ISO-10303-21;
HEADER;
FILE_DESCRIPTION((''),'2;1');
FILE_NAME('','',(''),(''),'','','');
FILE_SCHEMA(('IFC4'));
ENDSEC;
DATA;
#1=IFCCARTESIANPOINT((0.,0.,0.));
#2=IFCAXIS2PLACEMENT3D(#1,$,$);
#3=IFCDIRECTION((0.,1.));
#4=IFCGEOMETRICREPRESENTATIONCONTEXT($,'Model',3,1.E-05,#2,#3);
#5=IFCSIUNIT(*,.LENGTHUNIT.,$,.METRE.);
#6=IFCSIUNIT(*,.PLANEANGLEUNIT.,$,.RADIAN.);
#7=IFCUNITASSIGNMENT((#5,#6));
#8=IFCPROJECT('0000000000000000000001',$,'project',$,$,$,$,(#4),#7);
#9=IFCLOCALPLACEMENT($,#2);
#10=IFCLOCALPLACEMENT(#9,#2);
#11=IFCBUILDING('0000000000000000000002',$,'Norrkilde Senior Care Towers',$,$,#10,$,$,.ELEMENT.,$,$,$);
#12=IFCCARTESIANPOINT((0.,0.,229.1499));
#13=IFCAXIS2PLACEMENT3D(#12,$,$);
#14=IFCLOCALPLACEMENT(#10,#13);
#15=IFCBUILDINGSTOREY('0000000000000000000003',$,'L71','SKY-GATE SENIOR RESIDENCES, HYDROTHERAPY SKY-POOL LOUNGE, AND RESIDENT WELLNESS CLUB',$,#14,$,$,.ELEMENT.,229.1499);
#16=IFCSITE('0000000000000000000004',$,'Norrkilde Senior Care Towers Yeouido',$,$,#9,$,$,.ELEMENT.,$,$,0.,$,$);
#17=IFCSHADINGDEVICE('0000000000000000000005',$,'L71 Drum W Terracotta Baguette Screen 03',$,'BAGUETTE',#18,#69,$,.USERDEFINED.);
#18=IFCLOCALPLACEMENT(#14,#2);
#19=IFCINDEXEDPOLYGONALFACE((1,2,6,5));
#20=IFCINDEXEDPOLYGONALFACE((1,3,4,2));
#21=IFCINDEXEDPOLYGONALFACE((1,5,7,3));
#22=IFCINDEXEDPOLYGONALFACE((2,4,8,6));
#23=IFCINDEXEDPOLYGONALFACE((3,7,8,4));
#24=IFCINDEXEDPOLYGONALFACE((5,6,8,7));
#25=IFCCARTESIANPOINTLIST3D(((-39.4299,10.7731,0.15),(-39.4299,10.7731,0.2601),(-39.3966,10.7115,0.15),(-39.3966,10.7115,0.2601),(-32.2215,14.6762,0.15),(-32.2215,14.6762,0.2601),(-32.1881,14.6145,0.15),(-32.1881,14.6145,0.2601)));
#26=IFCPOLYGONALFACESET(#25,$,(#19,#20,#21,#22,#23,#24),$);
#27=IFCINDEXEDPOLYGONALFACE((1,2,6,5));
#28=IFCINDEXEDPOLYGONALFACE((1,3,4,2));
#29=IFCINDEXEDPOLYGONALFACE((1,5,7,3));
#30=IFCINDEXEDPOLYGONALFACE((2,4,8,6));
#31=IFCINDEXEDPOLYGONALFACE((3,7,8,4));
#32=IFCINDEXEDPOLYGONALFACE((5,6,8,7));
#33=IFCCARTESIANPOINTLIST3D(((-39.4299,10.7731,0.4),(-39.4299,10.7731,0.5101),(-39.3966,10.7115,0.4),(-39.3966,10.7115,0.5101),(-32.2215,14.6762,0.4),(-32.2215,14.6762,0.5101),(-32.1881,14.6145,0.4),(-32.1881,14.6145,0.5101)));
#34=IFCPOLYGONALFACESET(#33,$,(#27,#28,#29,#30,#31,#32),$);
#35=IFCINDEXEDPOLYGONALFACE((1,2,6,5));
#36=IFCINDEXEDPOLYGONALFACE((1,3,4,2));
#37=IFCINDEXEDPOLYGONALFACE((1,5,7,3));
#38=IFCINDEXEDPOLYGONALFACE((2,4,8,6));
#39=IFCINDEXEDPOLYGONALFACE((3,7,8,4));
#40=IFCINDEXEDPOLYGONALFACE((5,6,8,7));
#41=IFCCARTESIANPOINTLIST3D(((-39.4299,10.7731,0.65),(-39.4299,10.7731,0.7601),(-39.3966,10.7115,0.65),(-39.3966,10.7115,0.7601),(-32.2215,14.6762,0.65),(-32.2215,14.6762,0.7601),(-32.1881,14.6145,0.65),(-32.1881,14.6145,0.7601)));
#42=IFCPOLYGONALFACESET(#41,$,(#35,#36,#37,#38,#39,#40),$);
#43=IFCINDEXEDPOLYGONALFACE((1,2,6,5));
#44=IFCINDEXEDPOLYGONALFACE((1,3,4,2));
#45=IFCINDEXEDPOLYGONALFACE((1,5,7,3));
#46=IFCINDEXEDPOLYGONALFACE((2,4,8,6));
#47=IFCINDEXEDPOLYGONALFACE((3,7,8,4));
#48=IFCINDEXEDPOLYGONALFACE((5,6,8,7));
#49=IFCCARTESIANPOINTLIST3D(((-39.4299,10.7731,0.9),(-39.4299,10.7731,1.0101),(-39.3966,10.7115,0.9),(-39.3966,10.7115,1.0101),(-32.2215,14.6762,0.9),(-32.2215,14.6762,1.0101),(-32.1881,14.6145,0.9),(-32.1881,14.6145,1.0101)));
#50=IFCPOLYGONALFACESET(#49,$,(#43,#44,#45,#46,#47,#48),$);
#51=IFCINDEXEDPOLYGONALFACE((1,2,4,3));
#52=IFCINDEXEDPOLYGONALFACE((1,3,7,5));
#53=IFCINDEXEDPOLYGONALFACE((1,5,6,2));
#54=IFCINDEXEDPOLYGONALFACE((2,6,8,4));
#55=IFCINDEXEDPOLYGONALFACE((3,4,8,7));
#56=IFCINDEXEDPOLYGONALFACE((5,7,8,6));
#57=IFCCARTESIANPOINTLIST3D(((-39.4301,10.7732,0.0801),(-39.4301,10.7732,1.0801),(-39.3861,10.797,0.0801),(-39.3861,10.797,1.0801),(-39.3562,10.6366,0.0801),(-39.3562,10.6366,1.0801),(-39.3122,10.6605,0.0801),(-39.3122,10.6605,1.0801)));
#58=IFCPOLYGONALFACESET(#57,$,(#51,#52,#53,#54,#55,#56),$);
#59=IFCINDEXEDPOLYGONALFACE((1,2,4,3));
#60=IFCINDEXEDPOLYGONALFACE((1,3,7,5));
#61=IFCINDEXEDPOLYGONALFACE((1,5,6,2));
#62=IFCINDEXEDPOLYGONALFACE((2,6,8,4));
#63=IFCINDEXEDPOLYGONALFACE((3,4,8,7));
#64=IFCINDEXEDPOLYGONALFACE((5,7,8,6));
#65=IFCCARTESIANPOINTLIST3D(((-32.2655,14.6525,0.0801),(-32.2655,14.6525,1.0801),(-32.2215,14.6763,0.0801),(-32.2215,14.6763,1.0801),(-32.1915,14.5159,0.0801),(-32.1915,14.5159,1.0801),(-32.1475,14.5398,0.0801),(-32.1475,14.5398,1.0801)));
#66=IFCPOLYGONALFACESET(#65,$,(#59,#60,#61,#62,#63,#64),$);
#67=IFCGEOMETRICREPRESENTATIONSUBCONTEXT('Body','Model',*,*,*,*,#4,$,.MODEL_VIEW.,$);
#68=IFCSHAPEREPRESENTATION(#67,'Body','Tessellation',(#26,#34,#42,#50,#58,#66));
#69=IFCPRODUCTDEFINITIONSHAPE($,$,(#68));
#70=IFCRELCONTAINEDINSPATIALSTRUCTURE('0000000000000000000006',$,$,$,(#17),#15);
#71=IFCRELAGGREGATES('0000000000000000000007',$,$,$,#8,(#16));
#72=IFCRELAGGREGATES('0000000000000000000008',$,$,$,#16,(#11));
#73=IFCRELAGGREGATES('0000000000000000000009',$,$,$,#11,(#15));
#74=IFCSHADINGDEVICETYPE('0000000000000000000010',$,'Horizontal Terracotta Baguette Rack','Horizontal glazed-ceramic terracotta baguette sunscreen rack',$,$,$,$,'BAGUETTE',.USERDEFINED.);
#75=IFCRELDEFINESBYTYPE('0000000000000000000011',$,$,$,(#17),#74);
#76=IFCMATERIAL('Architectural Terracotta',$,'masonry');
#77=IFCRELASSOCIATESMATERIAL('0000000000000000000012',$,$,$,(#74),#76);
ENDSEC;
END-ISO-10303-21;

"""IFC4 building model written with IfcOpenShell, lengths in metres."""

from ifc_helpers import new_model, si_unit, direction, frame, origin, origin_2d, place, context, subcontext, project, spatial, rectangle, extrude, source, transform, mapped, material, type_object, type_shapes, element, save


model = new_model("IFC4")

# Units and contexts
model_context = context("Model", 3, precision=1e-05, world=origin(), true_north=direction((0.0, 1.0)))
body_context = subcontext(model_context, "Body", "Model", "MODEL_VIEW")
ifc_project = project(units=[si_unit("LENGTHUNIT", "METRE"), si_unit("PLANEANGLEUNIT", "RADIAN")], contexts=[model_context])

# Site, building, storey
site_placement = place(None, origin())
site = spatial("IfcSite", under=ifc_project, at=site_placement, Name="Norrkilde Senior Care Towers Yeouido", CompositionType="ELEMENT", RefElevation=0.0)
building_placement = place(site_placement, origin())
building = spatial("IfcBuilding", under=site, at=building_placement, Name="Norrkilde Senior Care Towers", CompositionType="ELEMENT")
storey_placement = place(building_placement, frame((0.0, 0.0, 229.1499)))
storey = spatial("IfcBuildingStorey", under=building, at=storey_placement, Name="L71", Description="SKY-GATE SENIOR RESIDENCES, HYDROTHERAPY SKY-POOL LOUNGE, AND RESIDENT WELLNESS CLUB", CompositionType="ELEMENT", Elevation=229.1499)

# Shading device
ifc_material_1 = material(Name="Architectural Terracotta", Category="masonry")
shading_device_type = type_object("IfcShadingDeviceType", Name="Horizontal Terracotta Baguette Rack", Description="Horizontal glazed-ceramic terracotta baguette sunscreen rack", ElementType="BAGUETTE", PredefinedType="USERDEFINED", material=ifc_material_1)
shared_shape_1 = source(origin(), body_context, "Body", "SweptSolid", [
    extrude(rectangle(XDim=0.0701, YDim=0.1101, at=origin_2d()), frame((0.0, 0.0901, 0.125), z_axis=(1.0, 0.0, 0.0), x_axis=(0.0, 1.0, 0.0)), (0.0, 0.0, 1.0), 8.1973),
    extrude(rectangle(XDim=0.0701, YDim=0.1101, at=origin_2d()), frame((0.0, 0.0901, 0.375), z_axis=(1.0, 0.0, 0.0), x_axis=(0.0, 1.0, 0.0)), (0.0, 0.0, 1.0), 8.1973),
    extrude(rectangle(XDim=0.0701, YDim=0.1101, at=origin_2d()), frame((0.0, 0.0901, 0.625), z_axis=(1.0, 0.0, 0.0), x_axis=(0.0, 1.0, 0.0)), (0.0, 0.0, 1.0), 8.1973),
    extrude(rectangle(XDim=0.0701, YDim=0.1101, at=origin_2d()), frame((0.0, 0.0901, 0.875), z_axis=(1.0, 0.0, 0.0), x_axis=(0.0, 1.0, 0.0)), (0.0, 0.0, 1.0), 8.1973),
    extrude(rectangle(XDim=0.05, YDim=0.1553, at=origin_2d()), frame((0.0249, 0.0476, 0.0)), (0.0, 0.0, 1.0), 1.0),
    extrude(rectangle(XDim=0.05, YDim=0.1553, at=origin_2d()), frame((8.1724, 0.0476, 0.0)), (0.0, 0.0, 1.0), 1.0),
])
type_shapes(shading_device_type, [shared_shape_1])
shading_device_placement = place(storey_placement, frame((-39.3704, 10.6631, 0.0801), z_axis=(0.0, 0.0, 1.0), x_axis=(0.879378, 0.476144, 0.0)))
element("IfcShadingDevice", 1, at=shading_device_placement, inside=storey, type_object=shading_device_type, Name="L71 Drum W Terracotta Baguette Screen 03", ObjectType="BAGUETTE", PredefinedType="USERDEFINED", context=body_context, shape_type="MappedRepresentation", body=[
    mapped(shared_shape_1, transform((0.0, 0.0, 0.0), x_axis=(1.0, 0.0, 0.0), y_axis=(0.0, 1.0, 0.0), z_axis=(0.0, 0.0, 1.0), scale=1.0)),
])

save(model, "model.ifc")
